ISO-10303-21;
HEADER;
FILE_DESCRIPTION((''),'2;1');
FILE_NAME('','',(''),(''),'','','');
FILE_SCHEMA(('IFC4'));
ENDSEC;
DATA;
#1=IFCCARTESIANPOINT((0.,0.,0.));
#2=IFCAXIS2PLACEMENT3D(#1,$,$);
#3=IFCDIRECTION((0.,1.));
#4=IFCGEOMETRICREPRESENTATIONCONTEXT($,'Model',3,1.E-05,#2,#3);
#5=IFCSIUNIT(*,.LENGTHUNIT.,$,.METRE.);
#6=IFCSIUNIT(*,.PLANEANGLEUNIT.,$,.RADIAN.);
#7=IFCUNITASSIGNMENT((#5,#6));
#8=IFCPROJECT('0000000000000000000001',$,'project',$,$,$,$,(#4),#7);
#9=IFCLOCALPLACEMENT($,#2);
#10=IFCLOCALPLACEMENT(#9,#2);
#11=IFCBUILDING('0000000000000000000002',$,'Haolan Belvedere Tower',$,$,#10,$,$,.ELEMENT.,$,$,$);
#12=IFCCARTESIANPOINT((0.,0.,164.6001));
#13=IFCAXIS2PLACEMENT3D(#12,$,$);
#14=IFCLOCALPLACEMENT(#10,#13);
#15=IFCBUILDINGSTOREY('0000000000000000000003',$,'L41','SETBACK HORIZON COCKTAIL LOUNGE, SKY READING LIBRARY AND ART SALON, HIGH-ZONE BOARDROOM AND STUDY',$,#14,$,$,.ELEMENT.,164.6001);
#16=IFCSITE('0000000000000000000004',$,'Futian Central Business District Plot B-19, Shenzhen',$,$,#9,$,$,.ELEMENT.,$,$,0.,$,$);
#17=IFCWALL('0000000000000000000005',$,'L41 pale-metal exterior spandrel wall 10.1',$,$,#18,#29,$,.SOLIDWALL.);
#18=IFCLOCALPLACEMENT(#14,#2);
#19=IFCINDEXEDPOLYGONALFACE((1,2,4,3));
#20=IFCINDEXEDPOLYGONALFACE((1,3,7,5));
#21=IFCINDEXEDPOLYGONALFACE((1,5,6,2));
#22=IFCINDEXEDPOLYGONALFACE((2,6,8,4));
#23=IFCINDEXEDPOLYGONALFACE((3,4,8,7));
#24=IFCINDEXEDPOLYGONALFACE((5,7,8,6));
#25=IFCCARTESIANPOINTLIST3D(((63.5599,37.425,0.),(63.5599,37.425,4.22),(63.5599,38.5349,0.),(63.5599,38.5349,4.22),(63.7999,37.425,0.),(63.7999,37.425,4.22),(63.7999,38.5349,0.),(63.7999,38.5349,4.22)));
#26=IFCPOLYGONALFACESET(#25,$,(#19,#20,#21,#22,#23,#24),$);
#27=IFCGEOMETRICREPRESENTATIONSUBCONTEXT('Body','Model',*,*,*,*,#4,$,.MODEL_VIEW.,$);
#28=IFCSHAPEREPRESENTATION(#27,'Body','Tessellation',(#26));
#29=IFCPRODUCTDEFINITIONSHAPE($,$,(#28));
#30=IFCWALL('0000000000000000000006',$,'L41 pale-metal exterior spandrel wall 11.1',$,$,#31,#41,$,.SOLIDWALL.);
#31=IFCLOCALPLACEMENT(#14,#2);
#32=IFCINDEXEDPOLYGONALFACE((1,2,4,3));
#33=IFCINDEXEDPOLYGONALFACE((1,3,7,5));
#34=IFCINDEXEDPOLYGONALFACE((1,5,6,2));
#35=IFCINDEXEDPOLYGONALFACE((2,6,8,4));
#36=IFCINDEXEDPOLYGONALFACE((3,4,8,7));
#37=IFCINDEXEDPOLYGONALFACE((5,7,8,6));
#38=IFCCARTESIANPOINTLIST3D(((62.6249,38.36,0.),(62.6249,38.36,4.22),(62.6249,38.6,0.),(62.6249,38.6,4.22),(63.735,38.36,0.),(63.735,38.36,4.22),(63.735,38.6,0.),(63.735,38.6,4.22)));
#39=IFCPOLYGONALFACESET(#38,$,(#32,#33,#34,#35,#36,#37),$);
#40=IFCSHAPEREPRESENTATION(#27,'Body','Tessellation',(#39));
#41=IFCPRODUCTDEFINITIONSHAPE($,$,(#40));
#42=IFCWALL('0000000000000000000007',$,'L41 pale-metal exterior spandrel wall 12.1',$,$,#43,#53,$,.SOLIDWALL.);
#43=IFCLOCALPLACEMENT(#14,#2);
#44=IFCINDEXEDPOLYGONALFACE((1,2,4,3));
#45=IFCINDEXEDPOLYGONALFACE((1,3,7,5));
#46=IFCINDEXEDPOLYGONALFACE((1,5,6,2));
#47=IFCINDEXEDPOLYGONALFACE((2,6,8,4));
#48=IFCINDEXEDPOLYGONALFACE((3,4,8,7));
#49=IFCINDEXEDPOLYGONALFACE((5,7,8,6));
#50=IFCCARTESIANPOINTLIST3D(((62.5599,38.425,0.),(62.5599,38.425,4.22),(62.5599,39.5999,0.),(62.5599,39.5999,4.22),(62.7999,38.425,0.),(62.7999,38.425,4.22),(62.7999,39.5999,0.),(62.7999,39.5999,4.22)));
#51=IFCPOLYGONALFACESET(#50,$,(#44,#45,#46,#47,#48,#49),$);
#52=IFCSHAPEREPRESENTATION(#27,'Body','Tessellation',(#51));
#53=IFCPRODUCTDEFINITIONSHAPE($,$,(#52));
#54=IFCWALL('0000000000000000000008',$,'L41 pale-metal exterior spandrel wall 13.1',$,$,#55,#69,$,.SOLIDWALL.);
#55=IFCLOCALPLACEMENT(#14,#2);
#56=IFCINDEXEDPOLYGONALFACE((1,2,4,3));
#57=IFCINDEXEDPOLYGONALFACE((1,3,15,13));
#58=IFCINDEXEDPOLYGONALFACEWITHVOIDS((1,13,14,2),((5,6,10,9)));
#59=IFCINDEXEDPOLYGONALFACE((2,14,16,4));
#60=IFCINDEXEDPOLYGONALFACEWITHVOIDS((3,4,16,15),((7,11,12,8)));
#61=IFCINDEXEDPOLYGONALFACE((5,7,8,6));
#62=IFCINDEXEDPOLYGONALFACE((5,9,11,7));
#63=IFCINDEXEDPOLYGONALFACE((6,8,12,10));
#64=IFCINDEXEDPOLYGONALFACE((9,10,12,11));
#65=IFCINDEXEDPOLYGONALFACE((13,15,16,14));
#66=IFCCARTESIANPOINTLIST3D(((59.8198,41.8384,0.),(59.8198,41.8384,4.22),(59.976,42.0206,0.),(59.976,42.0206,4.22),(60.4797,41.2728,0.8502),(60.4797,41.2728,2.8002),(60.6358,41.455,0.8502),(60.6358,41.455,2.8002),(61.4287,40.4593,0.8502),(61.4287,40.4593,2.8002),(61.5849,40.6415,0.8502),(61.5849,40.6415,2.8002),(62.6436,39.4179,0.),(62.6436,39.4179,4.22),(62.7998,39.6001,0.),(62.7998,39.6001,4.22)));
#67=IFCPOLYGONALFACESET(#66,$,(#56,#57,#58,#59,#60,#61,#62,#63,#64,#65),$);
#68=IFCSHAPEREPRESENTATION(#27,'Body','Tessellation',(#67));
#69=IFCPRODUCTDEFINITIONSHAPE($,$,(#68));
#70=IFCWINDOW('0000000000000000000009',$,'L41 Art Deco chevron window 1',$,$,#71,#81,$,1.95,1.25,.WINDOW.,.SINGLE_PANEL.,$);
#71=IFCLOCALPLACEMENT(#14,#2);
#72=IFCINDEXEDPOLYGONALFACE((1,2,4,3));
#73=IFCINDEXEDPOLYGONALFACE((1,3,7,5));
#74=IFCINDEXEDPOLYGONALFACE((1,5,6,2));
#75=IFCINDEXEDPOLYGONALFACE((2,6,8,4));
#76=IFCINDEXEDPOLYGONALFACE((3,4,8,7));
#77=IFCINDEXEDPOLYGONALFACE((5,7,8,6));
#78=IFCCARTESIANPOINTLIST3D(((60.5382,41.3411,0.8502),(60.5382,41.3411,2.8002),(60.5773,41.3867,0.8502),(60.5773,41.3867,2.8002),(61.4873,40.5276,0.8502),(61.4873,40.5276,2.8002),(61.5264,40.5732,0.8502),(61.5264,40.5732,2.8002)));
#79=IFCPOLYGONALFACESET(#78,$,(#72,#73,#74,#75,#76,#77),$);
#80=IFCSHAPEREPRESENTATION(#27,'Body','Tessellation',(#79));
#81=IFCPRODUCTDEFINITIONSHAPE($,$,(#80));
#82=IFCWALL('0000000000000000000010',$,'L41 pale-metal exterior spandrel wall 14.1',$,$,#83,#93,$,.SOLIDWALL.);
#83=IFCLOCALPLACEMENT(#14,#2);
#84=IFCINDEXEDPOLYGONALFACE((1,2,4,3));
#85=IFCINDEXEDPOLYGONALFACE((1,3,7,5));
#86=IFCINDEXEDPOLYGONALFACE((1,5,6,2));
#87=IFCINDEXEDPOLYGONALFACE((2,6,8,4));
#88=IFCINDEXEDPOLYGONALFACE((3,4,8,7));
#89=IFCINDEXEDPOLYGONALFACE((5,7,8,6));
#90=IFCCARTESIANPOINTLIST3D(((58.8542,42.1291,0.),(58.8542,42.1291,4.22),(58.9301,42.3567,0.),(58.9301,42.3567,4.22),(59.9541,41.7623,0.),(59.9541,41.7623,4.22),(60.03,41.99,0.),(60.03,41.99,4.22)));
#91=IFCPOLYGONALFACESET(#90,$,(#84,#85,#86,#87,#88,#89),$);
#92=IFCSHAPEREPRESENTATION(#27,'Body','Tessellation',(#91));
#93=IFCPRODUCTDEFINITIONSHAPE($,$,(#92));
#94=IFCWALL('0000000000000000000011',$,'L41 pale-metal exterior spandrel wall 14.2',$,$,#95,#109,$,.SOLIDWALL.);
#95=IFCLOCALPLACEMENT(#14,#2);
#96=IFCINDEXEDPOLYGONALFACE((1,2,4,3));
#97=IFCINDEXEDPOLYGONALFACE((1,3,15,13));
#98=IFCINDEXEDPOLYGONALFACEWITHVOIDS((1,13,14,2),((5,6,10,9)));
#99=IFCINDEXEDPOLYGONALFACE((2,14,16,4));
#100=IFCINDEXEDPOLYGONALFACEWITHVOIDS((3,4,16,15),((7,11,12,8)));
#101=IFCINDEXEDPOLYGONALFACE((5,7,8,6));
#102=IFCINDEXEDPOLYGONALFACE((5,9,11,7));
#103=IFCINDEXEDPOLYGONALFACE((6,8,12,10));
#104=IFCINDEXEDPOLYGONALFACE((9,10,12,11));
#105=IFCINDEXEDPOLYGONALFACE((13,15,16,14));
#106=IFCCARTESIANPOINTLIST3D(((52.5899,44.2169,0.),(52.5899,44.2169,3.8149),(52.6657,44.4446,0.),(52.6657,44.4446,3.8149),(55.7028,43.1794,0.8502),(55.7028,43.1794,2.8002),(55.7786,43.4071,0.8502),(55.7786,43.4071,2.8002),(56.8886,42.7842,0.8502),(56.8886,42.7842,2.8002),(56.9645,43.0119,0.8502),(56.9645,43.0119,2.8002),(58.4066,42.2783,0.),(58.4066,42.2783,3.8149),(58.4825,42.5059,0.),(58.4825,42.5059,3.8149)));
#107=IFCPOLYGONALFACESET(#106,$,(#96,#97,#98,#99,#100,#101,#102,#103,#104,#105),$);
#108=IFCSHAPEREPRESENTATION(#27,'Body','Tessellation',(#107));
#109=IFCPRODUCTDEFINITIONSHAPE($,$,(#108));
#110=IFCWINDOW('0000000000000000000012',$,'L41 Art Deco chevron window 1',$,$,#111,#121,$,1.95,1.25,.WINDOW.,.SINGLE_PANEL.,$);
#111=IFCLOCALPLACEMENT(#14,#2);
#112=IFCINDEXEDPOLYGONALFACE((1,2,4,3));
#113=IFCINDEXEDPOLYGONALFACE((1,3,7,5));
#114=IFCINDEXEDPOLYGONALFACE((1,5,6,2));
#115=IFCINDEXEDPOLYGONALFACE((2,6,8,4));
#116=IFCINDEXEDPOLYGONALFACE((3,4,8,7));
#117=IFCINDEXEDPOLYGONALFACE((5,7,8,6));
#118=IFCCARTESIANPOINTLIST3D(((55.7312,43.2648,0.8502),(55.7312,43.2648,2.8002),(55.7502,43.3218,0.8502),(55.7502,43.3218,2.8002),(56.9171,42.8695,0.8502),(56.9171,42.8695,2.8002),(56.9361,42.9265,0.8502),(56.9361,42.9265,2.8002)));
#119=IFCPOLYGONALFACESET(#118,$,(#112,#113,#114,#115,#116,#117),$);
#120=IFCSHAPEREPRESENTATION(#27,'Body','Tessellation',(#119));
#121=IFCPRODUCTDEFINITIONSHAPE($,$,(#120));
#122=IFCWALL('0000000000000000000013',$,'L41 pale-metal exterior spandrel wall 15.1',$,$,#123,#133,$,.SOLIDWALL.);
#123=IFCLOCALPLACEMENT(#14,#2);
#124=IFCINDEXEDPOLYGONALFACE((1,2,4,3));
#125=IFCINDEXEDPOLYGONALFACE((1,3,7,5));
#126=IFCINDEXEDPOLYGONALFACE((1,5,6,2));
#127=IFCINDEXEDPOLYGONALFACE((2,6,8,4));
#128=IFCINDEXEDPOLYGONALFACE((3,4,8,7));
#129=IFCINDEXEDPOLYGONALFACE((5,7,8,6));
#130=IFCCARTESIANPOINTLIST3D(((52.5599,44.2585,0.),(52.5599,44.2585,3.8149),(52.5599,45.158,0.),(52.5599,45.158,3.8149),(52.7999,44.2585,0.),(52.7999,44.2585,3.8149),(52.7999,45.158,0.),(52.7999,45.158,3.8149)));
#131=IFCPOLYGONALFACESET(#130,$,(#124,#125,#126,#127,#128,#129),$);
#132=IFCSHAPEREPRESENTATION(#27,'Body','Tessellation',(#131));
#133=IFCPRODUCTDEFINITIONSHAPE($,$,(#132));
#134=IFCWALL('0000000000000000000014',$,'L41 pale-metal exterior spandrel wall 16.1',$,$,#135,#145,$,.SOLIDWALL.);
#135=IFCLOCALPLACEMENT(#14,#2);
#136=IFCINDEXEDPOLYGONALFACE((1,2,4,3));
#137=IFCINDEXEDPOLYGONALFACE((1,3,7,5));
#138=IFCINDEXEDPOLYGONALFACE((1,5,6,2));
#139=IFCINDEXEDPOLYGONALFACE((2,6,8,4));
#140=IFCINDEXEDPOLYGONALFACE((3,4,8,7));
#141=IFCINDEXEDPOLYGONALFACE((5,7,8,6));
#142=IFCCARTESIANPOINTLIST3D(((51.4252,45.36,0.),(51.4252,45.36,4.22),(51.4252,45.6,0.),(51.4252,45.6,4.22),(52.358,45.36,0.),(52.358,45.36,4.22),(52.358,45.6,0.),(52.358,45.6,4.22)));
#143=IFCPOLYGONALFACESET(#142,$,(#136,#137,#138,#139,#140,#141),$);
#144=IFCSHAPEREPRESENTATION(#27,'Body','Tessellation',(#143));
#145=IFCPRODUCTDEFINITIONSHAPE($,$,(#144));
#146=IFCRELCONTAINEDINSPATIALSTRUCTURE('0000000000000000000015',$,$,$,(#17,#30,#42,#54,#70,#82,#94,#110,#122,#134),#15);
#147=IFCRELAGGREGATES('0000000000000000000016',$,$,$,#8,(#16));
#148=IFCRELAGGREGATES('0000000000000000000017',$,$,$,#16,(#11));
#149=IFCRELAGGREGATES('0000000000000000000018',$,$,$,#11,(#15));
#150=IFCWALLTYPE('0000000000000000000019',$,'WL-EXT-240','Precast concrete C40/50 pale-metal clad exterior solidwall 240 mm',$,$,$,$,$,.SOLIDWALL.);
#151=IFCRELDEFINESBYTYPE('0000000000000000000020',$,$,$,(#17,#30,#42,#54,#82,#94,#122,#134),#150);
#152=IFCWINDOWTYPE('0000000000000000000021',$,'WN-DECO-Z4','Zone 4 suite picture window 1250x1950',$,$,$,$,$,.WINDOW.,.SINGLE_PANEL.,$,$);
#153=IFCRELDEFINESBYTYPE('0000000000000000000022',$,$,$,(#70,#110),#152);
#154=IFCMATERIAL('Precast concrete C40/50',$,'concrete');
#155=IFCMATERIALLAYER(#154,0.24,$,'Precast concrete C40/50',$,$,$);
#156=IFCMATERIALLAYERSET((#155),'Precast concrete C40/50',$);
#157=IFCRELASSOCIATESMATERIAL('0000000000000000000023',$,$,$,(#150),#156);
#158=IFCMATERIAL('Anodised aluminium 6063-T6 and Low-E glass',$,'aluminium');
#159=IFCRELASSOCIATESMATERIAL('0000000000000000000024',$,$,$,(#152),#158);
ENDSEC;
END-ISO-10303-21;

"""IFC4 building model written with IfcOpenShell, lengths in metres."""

from ifc_helpers import new_model, si_unit, direction, frame, frame_2d, origin, place, context, subcontext, project, spatial, rectangle, extrude, material, layer, layer_set, type_object, element, fill, save


model = new_model("IFC4")

# Units and contexts
model_context = context("Model", 3, precision=1e-05, world=origin(), true_north=direction((0.0, 1.0)))
body_context = subcontext(model_context, "Body", "Model", "MODEL_VIEW")
ifc_project = project(units=[si_unit("LENGTHUNIT", "METRE"), si_unit("PLANEANGLEUNIT", "RADIAN")], contexts=[model_context])

# Site, building, storey
site_placement = place(None, origin())
site = spatial("IfcSite", under=ifc_project, at=site_placement, Name="Futian Central Business District Plot B-19, Shenzhen", CompositionType="ELEMENT", RefElevation=0.0)
building_placement = place(site_placement, origin())
building = spatial("IfcBuilding", under=site, at=building_placement, Name="Haolan Belvedere Tower", CompositionType="ELEMENT")
storey_placement = place(building_placement, frame((0.0, 0.0, 164.6001)))
storey = spatial("IfcBuildingStorey", under=building, at=storey_placement, Name="L41", Description="SETBACK HORIZON COCKTAIL LOUNGE, SKY READING LIBRARY AND ART SALON, HIGH-ZONE BOARDROOM AND STUDY", CompositionType="ELEMENT", Elevation=164.6001)

# Walls
ifc_material_1 = material(Name="Precast concrete C40/50", Category="concrete")
ifc_layer_1 = layer(ifc_material_1, 0.24, Name="Precast concrete C40/50")
ifc_layer_set_1 = layer_set([ifc_layer_1], Name="Precast concrete C40/50")
wall_type = type_object("IfcWallType", Name="WL-EXT-240", Description="Precast concrete C40/50 pale-metal clad exterior solidwall 240 mm", PredefinedType="SOLIDWALL", material=ifc_layer_set_1)
wall_1_placement = place(storey_placement, frame((63.6799, 37.425, 0.0), z_axis=(0.0, 0.0, 1.0), x_axis=(0.0, 1.0, 0.0)))
element("IfcWall", 1, at=wall_1_placement, inside=storey, type_object=wall_type, Name="L41 pale-metal exterior spandrel wall 10.1", PredefinedType="SOLIDWALL", context=body_context, shape_type="SweptSolid", body=[
    extrude(rectangle(XDim=1.1099, YDim=0.24, at=frame_2d((0.5549, 0.0))), origin(), (0.0, 0.0, 1.0), 4.22),
])
wall_2_placement = place(storey_placement, frame((63.7351, 38.48, 0.0), z_axis=(0.0, 0.0, 1.0), x_axis=(-1.0, 0.0, 0.0)))
element("IfcWall", 2, at=wall_2_placement, inside=storey, type_object=wall_type, Name="L41 pale-metal exterior spandrel wall 11.1", PredefinedType="SOLIDWALL", context=body_context, shape_type="SweptSolid", body=[
    extrude(rectangle(XDim=1.1101, YDim=0.24, at=frame_2d((0.5552, 0.0))), origin(), (0.0, 0.0, 1.0), 4.22),
])
wall_3_placement = place(storey_placement, frame((62.6799, 38.425, 0.0), z_axis=(0.0, 0.0, 1.0), x_axis=(0.0, 1.0, 0.0)))
element("IfcWall", 3, at=wall_3_placement, inside=storey, type_object=wall_type, Name="L41 pale-metal exterior spandrel wall 12.1", PredefinedType="SOLIDWALL", context=body_context, shape_type="SweptSolid", body=[
    extrude(rectangle(XDim=1.1748, YDim=0.24, at=frame_2d((0.5874, 0.0))), origin(), (0.0, 0.0, 1.0), 4.22),
])

# Wall, opening, window
wall_4_placement = place(storey_placement, frame((62.7217, 39.509, 0.0), z_axis=(0.0, 0.0, 1.0), x_axis=(-0.759247, 0.650802, 0.0)))
wall_4 = element("IfcWall", 4, at=wall_4_placement, inside=storey, type_object=wall_type, Name="L41 pale-metal exterior spandrel wall 13.1", PredefinedType="SOLIDWALL", context=body_context, shape_type="SweptSolid", body=[
    extrude(rectangle(XDim=3.7192, YDim=0.24, at=frame_2d((1.8596, 0.0))), origin(), (0.0, 0.0, 1.0), 4.22),
])
opening_1_placement = place(wall_4_placement, frame((1.6001, 0.0, 0.8501)))
opening_1 = element("IfcOpeningElement", 5, at=opening_1_placement, cuts=wall_4, PredefinedType="OPENING", context=body_context, shape_type="SweptSolid", body=[
    extrude(rectangle(XDim=1.25, YDim=1.95, at=frame_2d((0.625, 0.9751))), frame((0.0, 0.1299, 0.0), z_axis=(0.0, -1.0, 0.0), x_axis=(1.0, 0.0, 0.0)), (0.0, 0.0, 1.0), 0.26),
])
ifc_material_2 = material(Name="Anodised aluminium 6063-T6 and Low-E glass", Category="aluminium")
window_type = type_object("IfcWindowType", Name="WN-DECO-Z4", Description="Zone 4 suite picture window 1250x1950", PartitioningType="SINGLE_PANEL", PredefinedType="WINDOW", material=ifc_material_2)
window_1_placement = place(opening_1_placement, origin())
window_1 = element("IfcWindow", 6, at=window_1_placement, inside=storey, type_object=window_type, Name="L41 Art Deco chevron window 1", OverallHeight=1.95, OverallWidth=1.25, PartitioningType="SINGLE_PANEL", PredefinedType="WINDOW", context=body_context, shape_type="SweptSolid", body=[
    extrude(rectangle(XDim=1.25, YDim=1.95, at=frame_2d((0.625, 0.9751))), frame((0.0, 0.03, 0.0), z_axis=(0.0, -1.0, 0.0), x_axis=(1.0, 0.0, 0.0)), (0.0, 0.0, 1.0), 0.0601),
])
fill(opening_1, window_1)

# Wall
wall_5_placement = place(storey_placement, frame((59.9919, 41.8762, 0.0), z_axis=(0.0, 0.0, 1.0), x_axis=(-0.948662, 0.316291, 0.0)))
element("IfcWall", 7, at=wall_5_placement, inside=storey, type_object=wall_type, Name="L41 pale-metal exterior spandrel wall 14.1", PredefinedType="SOLIDWALL", context=body_context, shape_type="SweptSolid", body=[
    extrude(rectangle(XDim=1.1594, YDim=0.24, at=frame_2d((0.5796, 0.0))), origin(), (0.0, 0.0, 1.0), 4.22),
])

# Wall, opening, window
wall_6_placement = place(storey_placement, frame((58.4446, 42.3921, 0.0), z_axis=(0.0, 0.0, 1.0), x_axis=(-0.948695, 0.316192, 0.0)))
wall_6 = element("IfcWall", 8, at=wall_6_placement, inside=storey, type_object=wall_type, Name="L41 pale-metal exterior spandrel wall 14.2", PredefinedType="SOLIDWALL", context=body_context, shape_type="SweptSolid", body=[
    extrude(rectangle(XDim=6.1313, YDim=0.24, at=frame_2d((3.0657, 0.0))), origin(), (0.0, 0.0, 1.0), 3.8149),
])
opening_2_placement = place(wall_6_placement, frame((1.6001, 0.0, 0.8501)))
opening_2 = element("IfcOpeningElement", 9, at=opening_2_placement, cuts=wall_6, PredefinedType="OPENING", context=body_context, shape_type="SweptSolid", body=[
    extrude(rectangle(XDim=1.25, YDim=1.95, at=frame_2d((0.625, 0.9751))), frame((0.0, 0.1299, 0.0), z_axis=(0.0, -1.0, 0.0), x_axis=(1.0, 0.0, 0.0)), (0.0, 0.0, 1.0), 0.26),
])
window_2_placement = place(opening_2_placement, origin())
window_2 = element("IfcWindow", 10, at=window_2_placement, inside=storey, type_object=window_type, Name="L41 Art Deco chevron window 1", OverallHeight=1.95, OverallWidth=1.25, PartitioningType="SINGLE_PANEL", PredefinedType="WINDOW", context=body_context, shape_type="SweptSolid", body=[
    extrude(rectangle(XDim=1.25, YDim=1.95, at=frame_2d((0.625, 0.9751))), frame((0.0, 0.03, 0.0), z_axis=(0.0, -1.0, 0.0), x_axis=(1.0, 0.0, 0.0)), (0.0, 0.0, 1.0), 0.0601),
])
fill(opening_2, window_2)

# Walls
wall_7_placement = place(storey_placement, frame((52.6799, 44.2585, 0.0), z_axis=(0.0, 0.0, 1.0), x_axis=(0.0, 1.0, 0.0)))
element("IfcWall", 11, at=wall_7_placement, inside=storey, type_object=wall_type, Name="L41 pale-metal exterior spandrel wall 15.1", PredefinedType="SOLIDWALL", context=body_context, shape_type="SweptSolid", body=[
    extrude(rectangle(XDim=0.8994, YDim=0.24, at=frame_2d((0.4497, 0.0))), origin(), (0.0, 0.0, 1.0), 3.8149),
])
wall_8_placement = place(storey_placement, frame((52.3579, 45.48, 0.0), z_axis=(0.0, 0.0, 1.0), x_axis=(-1.0, 0.0, 0.0)))
element("IfcWall", 12, at=wall_8_placement, inside=storey, type_object=wall_type, Name="L41 pale-metal exterior spandrel wall 16.1", PredefinedType="SOLIDWALL", context=body_context, shape_type="SweptSolid", body=[
    extrude(rectangle(XDim=0.9329, YDim=0.24, at=frame_2d((0.4663, 0.0))), origin(), (0.0, 0.0, 1.0), 4.22),
])

save(model, "model.ifc")
